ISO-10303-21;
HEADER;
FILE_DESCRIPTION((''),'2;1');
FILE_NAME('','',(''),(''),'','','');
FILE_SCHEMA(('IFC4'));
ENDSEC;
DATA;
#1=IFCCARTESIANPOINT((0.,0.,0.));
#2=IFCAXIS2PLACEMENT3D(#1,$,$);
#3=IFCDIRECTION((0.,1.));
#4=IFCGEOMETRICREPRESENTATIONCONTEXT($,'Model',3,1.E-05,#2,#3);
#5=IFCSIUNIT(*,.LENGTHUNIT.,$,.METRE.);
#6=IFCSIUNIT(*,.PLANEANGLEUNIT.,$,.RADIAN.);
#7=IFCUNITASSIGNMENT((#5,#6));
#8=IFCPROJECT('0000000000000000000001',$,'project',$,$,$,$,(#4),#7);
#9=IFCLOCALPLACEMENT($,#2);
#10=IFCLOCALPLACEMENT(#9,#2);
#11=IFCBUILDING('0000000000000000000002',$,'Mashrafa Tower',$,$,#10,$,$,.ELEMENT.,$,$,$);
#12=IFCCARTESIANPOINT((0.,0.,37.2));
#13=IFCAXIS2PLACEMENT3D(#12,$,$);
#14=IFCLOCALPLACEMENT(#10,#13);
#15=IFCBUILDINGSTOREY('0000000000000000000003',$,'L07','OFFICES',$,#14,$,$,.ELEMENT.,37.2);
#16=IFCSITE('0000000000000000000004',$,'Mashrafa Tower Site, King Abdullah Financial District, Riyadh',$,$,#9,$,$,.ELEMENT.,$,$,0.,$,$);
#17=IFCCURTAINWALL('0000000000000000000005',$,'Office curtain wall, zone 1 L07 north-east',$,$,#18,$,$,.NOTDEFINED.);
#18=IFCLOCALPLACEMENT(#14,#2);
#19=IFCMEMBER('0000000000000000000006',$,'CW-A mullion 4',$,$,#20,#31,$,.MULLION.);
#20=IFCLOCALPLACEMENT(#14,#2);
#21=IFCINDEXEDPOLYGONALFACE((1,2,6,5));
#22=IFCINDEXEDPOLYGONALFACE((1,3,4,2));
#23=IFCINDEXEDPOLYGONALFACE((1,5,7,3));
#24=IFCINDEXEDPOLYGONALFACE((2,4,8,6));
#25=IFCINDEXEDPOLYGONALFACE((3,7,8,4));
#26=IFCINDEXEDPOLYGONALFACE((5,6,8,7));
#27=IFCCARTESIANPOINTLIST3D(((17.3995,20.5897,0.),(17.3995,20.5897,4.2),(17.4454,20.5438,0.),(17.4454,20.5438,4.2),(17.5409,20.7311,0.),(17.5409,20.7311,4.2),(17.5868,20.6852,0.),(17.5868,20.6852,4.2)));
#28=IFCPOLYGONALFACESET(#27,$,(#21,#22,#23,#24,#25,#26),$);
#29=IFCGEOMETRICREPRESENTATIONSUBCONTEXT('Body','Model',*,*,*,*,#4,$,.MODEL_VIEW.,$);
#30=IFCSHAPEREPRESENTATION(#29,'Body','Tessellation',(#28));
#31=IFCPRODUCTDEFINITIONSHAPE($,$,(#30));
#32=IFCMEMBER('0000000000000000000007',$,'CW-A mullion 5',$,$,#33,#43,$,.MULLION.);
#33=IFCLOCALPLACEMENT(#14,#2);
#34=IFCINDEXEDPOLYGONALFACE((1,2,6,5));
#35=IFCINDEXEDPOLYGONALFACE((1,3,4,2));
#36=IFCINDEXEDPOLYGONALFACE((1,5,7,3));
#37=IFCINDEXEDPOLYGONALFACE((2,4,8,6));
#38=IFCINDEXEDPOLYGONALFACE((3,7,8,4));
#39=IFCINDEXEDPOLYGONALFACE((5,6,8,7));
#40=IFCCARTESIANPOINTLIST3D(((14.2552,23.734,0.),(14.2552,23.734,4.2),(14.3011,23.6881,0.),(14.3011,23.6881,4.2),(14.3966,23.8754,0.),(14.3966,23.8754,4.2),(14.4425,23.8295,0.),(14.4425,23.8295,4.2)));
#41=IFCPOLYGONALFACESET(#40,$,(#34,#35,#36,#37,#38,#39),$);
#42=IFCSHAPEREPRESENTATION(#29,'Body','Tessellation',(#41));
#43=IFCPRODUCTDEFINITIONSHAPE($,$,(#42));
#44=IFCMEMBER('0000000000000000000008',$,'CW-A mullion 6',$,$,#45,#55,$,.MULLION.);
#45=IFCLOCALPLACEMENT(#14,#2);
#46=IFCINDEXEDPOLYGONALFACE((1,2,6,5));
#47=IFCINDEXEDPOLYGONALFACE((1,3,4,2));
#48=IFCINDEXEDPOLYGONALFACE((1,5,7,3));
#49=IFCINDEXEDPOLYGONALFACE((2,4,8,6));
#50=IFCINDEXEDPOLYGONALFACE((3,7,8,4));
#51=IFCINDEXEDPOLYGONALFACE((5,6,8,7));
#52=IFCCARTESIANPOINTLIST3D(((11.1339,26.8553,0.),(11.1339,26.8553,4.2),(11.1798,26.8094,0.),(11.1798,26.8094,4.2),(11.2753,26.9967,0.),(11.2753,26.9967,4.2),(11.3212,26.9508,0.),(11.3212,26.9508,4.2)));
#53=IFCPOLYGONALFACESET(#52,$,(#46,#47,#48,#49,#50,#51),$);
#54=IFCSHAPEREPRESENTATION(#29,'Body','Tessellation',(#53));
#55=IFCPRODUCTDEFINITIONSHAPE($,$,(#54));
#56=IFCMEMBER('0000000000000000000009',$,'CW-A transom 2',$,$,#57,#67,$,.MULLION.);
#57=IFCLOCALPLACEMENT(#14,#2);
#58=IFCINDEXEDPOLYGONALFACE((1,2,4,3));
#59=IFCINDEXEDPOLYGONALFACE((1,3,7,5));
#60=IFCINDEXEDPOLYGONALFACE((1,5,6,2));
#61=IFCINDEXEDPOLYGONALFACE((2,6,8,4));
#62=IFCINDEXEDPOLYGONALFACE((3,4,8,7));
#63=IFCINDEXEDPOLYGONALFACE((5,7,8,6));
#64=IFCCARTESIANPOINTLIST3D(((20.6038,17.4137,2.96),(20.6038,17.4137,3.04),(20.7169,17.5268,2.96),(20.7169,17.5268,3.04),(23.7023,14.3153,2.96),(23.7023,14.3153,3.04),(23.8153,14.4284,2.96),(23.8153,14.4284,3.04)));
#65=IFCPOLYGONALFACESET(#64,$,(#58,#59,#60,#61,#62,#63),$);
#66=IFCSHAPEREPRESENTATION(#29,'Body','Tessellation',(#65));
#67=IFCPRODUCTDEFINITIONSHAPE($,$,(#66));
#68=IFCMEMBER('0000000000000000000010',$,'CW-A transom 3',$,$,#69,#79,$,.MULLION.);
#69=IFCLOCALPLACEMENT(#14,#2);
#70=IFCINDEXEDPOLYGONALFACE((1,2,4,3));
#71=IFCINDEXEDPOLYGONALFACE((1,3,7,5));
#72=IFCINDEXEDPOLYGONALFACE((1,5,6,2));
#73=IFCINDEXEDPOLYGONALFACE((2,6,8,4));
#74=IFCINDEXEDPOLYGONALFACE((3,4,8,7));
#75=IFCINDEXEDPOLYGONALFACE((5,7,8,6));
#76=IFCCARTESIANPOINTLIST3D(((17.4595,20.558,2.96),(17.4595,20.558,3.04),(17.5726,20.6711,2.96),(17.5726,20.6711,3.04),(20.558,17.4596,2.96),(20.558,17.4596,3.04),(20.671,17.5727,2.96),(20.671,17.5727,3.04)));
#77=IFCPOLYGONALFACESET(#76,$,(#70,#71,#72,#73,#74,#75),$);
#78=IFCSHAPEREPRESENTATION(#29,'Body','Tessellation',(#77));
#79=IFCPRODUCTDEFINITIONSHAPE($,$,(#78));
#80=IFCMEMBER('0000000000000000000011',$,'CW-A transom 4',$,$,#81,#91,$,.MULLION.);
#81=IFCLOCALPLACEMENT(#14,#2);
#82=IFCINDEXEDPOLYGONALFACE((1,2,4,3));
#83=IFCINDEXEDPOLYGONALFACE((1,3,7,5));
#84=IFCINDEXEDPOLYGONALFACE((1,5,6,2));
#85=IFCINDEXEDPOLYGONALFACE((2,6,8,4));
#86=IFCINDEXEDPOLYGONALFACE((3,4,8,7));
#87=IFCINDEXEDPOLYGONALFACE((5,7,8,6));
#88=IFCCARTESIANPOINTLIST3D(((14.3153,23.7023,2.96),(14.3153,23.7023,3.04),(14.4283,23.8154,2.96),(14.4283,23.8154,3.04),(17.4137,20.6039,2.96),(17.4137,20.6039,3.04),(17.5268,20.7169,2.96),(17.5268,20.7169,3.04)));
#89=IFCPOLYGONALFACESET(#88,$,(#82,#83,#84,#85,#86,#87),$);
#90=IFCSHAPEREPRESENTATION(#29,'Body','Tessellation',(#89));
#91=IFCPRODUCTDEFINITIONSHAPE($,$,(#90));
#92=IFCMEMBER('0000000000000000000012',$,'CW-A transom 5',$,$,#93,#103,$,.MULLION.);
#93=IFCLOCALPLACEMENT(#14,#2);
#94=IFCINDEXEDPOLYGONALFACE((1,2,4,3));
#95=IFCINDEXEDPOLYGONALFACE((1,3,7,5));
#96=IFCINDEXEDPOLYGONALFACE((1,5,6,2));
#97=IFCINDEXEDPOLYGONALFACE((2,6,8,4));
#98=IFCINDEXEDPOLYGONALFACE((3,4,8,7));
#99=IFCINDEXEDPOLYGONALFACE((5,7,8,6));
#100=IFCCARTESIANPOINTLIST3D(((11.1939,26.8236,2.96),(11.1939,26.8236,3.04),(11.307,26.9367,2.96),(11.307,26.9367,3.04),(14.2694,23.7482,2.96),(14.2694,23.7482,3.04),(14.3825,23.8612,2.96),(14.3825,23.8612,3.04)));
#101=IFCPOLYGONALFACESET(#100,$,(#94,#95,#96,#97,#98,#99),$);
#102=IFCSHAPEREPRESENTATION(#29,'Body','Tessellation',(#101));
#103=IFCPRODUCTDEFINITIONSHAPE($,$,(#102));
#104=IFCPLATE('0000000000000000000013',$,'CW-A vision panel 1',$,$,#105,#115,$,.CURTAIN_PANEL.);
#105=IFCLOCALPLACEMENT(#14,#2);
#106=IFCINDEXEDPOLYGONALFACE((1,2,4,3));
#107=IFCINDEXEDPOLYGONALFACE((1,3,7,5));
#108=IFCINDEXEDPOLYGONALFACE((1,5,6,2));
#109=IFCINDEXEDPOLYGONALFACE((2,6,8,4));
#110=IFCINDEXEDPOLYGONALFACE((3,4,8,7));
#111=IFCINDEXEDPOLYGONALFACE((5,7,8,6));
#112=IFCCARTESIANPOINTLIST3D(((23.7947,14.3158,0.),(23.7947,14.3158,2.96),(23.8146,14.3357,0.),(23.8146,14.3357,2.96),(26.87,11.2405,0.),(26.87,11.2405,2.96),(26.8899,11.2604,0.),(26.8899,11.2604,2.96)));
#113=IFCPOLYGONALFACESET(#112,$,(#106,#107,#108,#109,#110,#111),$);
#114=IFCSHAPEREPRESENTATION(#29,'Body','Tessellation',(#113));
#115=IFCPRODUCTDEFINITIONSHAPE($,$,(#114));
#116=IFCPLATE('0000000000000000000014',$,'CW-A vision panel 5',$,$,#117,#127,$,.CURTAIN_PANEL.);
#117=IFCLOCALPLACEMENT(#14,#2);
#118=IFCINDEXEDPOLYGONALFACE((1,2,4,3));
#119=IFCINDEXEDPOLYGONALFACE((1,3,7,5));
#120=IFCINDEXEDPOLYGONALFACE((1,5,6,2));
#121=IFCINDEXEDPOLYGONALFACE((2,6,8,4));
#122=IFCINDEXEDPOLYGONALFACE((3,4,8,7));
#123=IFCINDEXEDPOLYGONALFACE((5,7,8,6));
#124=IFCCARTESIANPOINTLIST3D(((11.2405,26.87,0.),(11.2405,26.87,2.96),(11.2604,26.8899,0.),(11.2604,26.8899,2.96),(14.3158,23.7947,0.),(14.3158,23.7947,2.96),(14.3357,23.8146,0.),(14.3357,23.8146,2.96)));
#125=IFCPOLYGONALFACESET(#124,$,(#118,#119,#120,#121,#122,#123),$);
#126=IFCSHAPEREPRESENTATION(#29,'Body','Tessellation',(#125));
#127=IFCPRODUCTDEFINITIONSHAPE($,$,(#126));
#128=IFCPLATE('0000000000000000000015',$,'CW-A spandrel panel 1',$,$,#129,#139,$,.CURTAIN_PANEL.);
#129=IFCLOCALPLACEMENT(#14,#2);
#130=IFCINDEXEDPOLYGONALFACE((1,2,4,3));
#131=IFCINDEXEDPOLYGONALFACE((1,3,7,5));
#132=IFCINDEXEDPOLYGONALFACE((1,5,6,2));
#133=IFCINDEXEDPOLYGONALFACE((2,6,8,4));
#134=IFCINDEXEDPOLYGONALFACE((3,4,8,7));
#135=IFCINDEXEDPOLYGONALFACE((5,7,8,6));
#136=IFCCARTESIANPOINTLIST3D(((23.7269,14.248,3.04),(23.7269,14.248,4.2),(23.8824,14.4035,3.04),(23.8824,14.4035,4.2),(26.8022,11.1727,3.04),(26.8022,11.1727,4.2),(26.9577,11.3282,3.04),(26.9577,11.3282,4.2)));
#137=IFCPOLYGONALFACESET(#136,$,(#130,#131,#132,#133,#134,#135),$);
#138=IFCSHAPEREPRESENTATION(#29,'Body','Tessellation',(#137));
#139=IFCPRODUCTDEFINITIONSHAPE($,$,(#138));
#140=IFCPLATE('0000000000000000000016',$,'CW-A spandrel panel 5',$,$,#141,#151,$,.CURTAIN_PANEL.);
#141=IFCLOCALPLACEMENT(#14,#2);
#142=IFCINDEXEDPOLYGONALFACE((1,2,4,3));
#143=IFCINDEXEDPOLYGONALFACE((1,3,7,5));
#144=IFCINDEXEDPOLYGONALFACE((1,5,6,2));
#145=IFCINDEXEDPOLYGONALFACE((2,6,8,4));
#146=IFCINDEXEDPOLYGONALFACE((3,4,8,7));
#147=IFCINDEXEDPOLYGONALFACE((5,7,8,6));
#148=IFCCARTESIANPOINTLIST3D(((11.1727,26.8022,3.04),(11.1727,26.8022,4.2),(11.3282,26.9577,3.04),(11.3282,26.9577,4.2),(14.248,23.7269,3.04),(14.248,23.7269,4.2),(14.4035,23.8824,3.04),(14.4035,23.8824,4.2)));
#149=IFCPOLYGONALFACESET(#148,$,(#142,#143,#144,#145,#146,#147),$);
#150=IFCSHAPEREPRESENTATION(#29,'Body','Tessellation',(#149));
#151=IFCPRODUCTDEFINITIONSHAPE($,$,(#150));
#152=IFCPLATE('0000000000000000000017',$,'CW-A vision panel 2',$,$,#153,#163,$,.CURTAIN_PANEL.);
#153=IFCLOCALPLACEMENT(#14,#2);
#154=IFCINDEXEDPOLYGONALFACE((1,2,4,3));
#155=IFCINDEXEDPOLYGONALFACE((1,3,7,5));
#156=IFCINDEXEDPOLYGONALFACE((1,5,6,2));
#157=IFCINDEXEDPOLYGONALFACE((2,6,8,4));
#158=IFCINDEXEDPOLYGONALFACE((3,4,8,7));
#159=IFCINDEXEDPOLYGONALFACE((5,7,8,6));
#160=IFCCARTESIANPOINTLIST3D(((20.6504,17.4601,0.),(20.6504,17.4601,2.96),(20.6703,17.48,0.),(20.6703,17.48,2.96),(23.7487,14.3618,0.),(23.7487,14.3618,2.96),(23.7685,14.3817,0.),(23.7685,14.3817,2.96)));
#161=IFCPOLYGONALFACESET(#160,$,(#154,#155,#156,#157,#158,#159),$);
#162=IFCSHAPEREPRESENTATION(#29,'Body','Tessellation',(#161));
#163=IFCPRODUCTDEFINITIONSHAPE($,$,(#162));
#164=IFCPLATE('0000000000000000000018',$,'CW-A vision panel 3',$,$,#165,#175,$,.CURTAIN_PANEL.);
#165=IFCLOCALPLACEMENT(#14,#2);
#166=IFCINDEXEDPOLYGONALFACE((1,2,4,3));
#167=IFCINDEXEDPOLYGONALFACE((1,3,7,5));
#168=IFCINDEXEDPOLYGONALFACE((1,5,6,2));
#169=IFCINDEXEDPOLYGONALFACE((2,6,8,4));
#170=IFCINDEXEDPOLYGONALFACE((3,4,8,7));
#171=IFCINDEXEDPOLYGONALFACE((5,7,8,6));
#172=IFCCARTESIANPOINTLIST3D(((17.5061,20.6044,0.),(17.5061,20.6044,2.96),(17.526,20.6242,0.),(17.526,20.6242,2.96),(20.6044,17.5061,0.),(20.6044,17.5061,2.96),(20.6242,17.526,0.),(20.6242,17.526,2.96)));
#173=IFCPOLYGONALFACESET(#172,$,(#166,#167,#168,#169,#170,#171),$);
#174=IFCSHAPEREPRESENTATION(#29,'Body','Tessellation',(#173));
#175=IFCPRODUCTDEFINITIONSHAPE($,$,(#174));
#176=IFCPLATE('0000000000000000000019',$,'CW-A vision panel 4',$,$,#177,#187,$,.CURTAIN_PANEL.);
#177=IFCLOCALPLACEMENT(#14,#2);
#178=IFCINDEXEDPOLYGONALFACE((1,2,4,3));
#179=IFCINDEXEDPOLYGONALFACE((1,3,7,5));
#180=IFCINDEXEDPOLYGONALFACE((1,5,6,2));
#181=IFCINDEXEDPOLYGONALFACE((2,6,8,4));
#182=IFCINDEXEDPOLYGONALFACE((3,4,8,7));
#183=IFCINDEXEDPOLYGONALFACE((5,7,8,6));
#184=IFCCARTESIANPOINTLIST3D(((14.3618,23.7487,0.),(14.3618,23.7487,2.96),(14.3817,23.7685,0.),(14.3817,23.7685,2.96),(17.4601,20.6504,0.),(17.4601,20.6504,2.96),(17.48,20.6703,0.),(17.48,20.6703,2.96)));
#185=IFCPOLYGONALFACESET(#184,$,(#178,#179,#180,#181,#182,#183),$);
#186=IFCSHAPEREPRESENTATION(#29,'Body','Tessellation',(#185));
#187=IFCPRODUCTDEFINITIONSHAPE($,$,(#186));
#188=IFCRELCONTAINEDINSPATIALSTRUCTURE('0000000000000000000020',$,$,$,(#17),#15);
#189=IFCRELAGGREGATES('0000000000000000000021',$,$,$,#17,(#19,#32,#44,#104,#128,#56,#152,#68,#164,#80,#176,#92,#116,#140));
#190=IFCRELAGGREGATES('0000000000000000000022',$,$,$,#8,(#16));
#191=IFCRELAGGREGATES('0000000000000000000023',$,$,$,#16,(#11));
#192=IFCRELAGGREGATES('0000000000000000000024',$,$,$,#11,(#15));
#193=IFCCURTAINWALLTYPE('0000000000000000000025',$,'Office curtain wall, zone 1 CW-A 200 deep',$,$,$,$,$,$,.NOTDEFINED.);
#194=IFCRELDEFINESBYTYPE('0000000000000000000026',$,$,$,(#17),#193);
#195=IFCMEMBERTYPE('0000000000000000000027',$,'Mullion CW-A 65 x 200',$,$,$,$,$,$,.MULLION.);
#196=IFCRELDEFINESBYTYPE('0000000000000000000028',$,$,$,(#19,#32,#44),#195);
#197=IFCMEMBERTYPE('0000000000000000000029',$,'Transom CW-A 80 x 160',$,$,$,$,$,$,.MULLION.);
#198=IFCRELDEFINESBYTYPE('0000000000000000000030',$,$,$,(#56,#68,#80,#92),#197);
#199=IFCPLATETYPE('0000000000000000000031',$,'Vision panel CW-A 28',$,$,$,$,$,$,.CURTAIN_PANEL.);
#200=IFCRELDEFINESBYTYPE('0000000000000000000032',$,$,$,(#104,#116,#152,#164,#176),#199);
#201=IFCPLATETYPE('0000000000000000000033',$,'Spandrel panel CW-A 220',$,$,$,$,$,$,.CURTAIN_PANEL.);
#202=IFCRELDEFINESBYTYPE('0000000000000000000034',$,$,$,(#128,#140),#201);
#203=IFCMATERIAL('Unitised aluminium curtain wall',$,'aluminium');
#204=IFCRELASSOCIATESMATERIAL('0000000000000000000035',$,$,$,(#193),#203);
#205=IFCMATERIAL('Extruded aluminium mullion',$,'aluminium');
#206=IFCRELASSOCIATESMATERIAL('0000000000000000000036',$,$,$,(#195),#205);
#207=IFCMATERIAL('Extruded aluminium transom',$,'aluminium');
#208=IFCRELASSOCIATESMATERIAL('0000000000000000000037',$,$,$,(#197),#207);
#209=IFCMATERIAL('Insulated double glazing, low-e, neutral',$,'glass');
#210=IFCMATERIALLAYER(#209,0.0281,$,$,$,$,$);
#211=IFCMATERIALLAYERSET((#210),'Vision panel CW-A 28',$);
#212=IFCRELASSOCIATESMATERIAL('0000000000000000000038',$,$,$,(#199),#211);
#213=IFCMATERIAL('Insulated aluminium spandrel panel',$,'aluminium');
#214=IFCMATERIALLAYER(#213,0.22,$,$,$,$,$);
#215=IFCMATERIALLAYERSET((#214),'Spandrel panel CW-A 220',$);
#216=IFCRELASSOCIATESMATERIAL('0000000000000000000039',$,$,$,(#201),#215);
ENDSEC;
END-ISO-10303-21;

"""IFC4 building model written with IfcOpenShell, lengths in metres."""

from ifc_helpers import new_model, si_unit, direction, frame, origin, origin_2d, place, context, subcontext, project, spatial, rectangle, extrude, source, transform, mapped, material, layer, layer_set, material_profile, profile_set, type_object, type_shapes, element, aggregate, save


model = new_model("IFC4")

# Units and contexts
model_context = context("Model", 3, precision=1e-05, world=origin(), true_north=direction((0.0, 1.0)))
body_context = subcontext(model_context, "Body", "Model", "MODEL_VIEW")
ifc_project = project(units=[si_unit("LENGTHUNIT", "METRE"), si_unit("PLANEANGLEUNIT", "RADIAN")], contexts=[model_context])

# Site, building, storey
site_placement = place(None, origin())
site = spatial("IfcSite", under=ifc_project, at=site_placement, Name="Mashrafa Tower Site, King Abdullah Financial District, Riyadh", CompositionType="ELEMENT", RefElevation=0.0)
building_placement = place(site_placement, origin())
building = spatial("IfcBuilding", under=site, at=building_placement, Name="Mashrafa Tower", CompositionType="ELEMENT")
storey_placement = place(building_placement, frame((0.0, 0.0, 37.2)))
storey = spatial("IfcBuildingStorey", under=building, at=storey_placement, Name="L07", Description="OFFICES", CompositionType="ELEMENT", Elevation=37.2)

# Curtain wall, members, plates
ifc_material_1 = material(Name="Unitised aluminium curtain wall", Category="aluminium")
curtain_wall_type = type_object("IfcCurtainWallType", Name="Office curtain wall, zone 1 CW-A 200 deep", PredefinedType="NOTDEFINED", material=ifc_material_1)
curtain_wall_placement = place(storey_placement, origin())
curtain_wall = element("IfcCurtainWall", 1, at=curtain_wall_placement, inside=storey, type_object=curtain_wall_type, Name="Office curtain wall, zone 1 L07 north-east", PredefinedType="NOTDEFINED")
ifc_material_2 = material(Name="Extruded aluminium mullion", Category="aluminium")
ifc_material_profile_1 = material_profile(ifc_material_2, rectangle(XDim=0.2, YDim=0.0649, at=origin_2d()), Name="Mullion 65x200")
ifc_profile_set_1 = profile_set([ifc_material_profile_1], Name="Extruded aluminium mullion")
member_type_1 = type_object("IfcMemberType", Name="Mullion CW-A 65 x 200", PredefinedType="MULLION", material=ifc_profile_set_1)
shared_shape_1 = source(origin(), body_context, "Body", "SweptSolid", [
    extrude(rectangle(XDim=0.2, YDim=0.0649, at=origin_2d()), origin(), (0.0, 0.0, 1.0), 4.2),
])
type_shapes(member_type_1, [shared_shape_1])
member_1_placement = place(storey_placement, frame((17.4932, 20.6375, 0.0), z_axis=(0.0, 0.0, 1.0), x_axis=(-0.707107, -0.707107, 0.0)))
member_1 = element("IfcMember", 2, at=member_1_placement, type_object=member_type_1, Name="CW-A mullion 4", PredefinedType="MULLION", context=body_context, shape_type="MappedRepresentation", body=[
    mapped(shared_shape_1, transform((0.0, 0.0, 0.0))),
])
member_2_placement = place(storey_placement, frame((14.3489, 23.7817, 0.0), z_axis=(0.0, 0.0, 1.0), x_axis=(-0.707107, -0.707107, 0.0)))
member_2 = element("IfcMember", 3, at=member_2_placement, type_object=member_type_1, Name="CW-A mullion 5", PredefinedType="MULLION", context=body_context, shape_type="MappedRepresentation", body=[
    mapped(shared_shape_1, transform((0.0, 0.0, 0.0))),
])
member_3_placement = place(storey_placement, frame((11.2275, 26.9031, 0.0), z_axis=(0.0, 0.0, 1.0), x_axis=(-0.707107, -0.707107, 0.0)))
member_3 = element("IfcMember", 4, at=member_3_placement, type_object=member_type_1, Name="CW-A mullion 6", PredefinedType="MULLION", context=body_context, shape_type="MappedRepresentation", body=[
    mapped(shared_shape_1, transform((0.0, 0.0, 0.0))),
])
ifc_material_3 = material(Name="Extruded aluminium transom", Category="aluminium")
ifc_material_profile_2 = material_profile(ifc_material_3, rectangle(XDim=0.1599, YDim=0.0801, at=origin_2d()), Name="Transom 80x160")
ifc_profile_set_2 = profile_set([ifc_material_profile_2], Name="Extruded aluminium transom")
member_type_2 = type_object("IfcMemberType", Name="Transom CW-A 80 x 160", PredefinedType="MULLION", material=ifc_profile_set_2)
shared_shape_2 = source(origin(), body_context, "Body", "SweptSolid", [
    extrude(rectangle(XDim=0.1599, YDim=0.0801, at=origin_2d()), origin(), (0.0, 0.0, 1.0), 4.3818),
])
member_4_placement = place(storey_placement, frame((23.7588, 14.3718, 3.0), z_axis=(-0.707107, 0.707107, 0.0), x_axis=(-0.707107, -0.707107, 0.0)))
member_4 = element("IfcMember", 5, at=member_4_placement, type_object=member_type_2, Name="CW-A transom 2", PredefinedType="MULLION", context=body_context, shape_type="MappedRepresentation", body=[
    mapped(shared_shape_2, transform((0.0, 0.0, 0.0))),
])
member_5_placement = place(storey_placement, frame((20.6145, 17.5161, 3.0), z_axis=(-0.707107, 0.707107, 0.0), x_axis=(-0.707107, -0.707107, 0.0)))
member_5 = element("IfcMember", 6, at=member_5_placement, type_object=member_type_2, Name="CW-A transom 3", PredefinedType="MULLION", context=body_context, shape_type="MappedRepresentation", body=[
    mapped(shared_shape_2, transform((0.0, 0.0, 0.0))),
])
member_6_placement = place(storey_placement, frame((17.4702, 20.6604, 3.0), z_axis=(-0.707107, 0.707107, 0.0), x_axis=(-0.707107, -0.707107, 0.0)))
member_6 = element("IfcMember", 7, at=member_6_placement, type_object=member_type_2, Name="CW-A transom 4", PredefinedType="MULLION", context=body_context, shape_type="MappedRepresentation", body=[
    mapped(shared_shape_2, transform((0.0, 0.0, 0.0))),
])
shared_shape_3 = source(origin(), body_context, "Body", "SweptSolid", [
    extrude(rectangle(XDim=0.1599, YDim=0.0801, at=origin_2d()), origin(), (0.0, 0.0, 1.0), 4.3494),
])
type_shapes(member_type_2, [shared_shape_2, shared_shape_3])
member_7_placement = place(storey_placement, frame((14.3259, 23.8047, 3.0), z_axis=(-0.707107, 0.707107, 0.0), x_axis=(-0.707107, -0.707107, 0.0)))
member_7 = element("IfcMember", 8, at=member_7_placement, type_object=member_type_2, Name="CW-A transom 5", PredefinedType="MULLION", context=body_context, shape_type="MappedRepresentation", body=[
    mapped(shared_shape_3, transform((0.0, 0.0, 0.0))),
])
ifc_material_4 = material(Name="Insulated double glazing, low-e, neutral", Category="glass")
ifc_layer_1 = layer(ifc_material_4, 0.0281)
ifc_layer_set_1 = layer_set([ifc_layer_1], Name="Vision panel CW-A 28")
plate_type_1 = type_object("IfcPlateType", Name="Vision panel CW-A 28", PredefinedType="CURTAIN_PANEL", material=ifc_layer_set_1)
shared_shape_4 = source(origin(), body_context, "Body", "SweptSolid", [
    extrude(rectangle(XDim=4.3491, YDim=0.0281, at=origin_2d()), origin(), (0.0, 0.0, 1.0), 2.96),
])
plate_1_placement = place(storey_placement, frame((25.3423, 12.7881, 0.0), z_axis=(0.0, 0.0, 1.0), x_axis=(-0.707107, 0.707107, 0.0)))
plate_1 = element("IfcPlate", 9, at=plate_1_placement, type_object=plate_type_1, Name="CW-A vision panel 1", PredefinedType="CURTAIN_PANEL", context=body_context, shape_type="MappedRepresentation", body=[
    mapped(shared_shape_4, transform((0.0, 0.0, 0.0))),
])
plate_2_placement = place(storey_placement, frame((12.7881, 25.3423, 0.0), z_axis=(0.0, 0.0, 1.0), x_axis=(-0.707107, 0.707107, 0.0)))
plate_2 = element("IfcPlate", 10, at=plate_2_placement, type_object=plate_type_1, Name="CW-A vision panel 5", PredefinedType="CURTAIN_PANEL", context=body_context, shape_type="MappedRepresentation", body=[
    mapped(shared_shape_4, transform((0.0, 0.0, 0.0))),
])
ifc_material_5 = material(Name="Insulated aluminium spandrel panel", Category="aluminium")
ifc_layer_2 = layer(ifc_material_5, 0.22)
ifc_layer_set_2 = layer_set([ifc_layer_2], Name="Spandrel panel CW-A 220")
plate_type_2 = type_object("IfcPlateType", Name="Spandrel panel CW-A 220", PredefinedType="CURTAIN_PANEL", material=ifc_layer_set_2)
shared_shape_5 = source(origin(), body_context, "Body", "SweptSolid", [
    extrude(rectangle(XDim=4.3491, YDim=0.22, at=origin_2d()), origin(), (0.0, 0.0, 1.0), 1.1599),
])
plate_3_placement = place(storey_placement, frame((25.3423, 12.7881, 3.04), z_axis=(0.0, 0.0, 1.0), x_axis=(-0.707107, 0.707107, 0.0)))
plate_3 = element("IfcPlate", 11, at=plate_3_placement, type_object=plate_type_2, Name="CW-A spandrel panel 1", PredefinedType="CURTAIN_PANEL", context=body_context, shape_type="MappedRepresentation", body=[
    mapped(shared_shape_5, transform((0.0, 0.0, 0.0))),
])
plate_4_placement = place(storey_placement, frame((12.7881, 25.3423, 3.04), z_axis=(0.0, 0.0, 1.0), x_axis=(-0.707107, 0.707107, 0.0)))
plate_4 = element("IfcPlate", 12, at=plate_4_placement, type_object=plate_type_2, Name="CW-A spandrel panel 5", PredefinedType="CURTAIN_PANEL", context=body_context, shape_type="MappedRepresentation", body=[
    mapped(shared_shape_5, transform((0.0, 0.0, 0.0))),
])
shared_shape_6 = source(origin(), body_context, "Body", "SweptSolid", [
    extrude(rectangle(XDim=4.3816, YDim=0.0281, at=origin_2d()), origin(), (0.0, 0.0, 1.0), 2.96),
])
type_shapes(plate_type_1, [shared_shape_4, shared_shape_6])
plate_5_placement = place(storey_placement, frame((22.2095, 15.9209, 0.0), z_axis=(0.0, 0.0, 1.0), x_axis=(-0.707107, 0.707107, 0.0)))
plate_5 = element("IfcPlate", 13, at=plate_5_placement, type_object=plate_type_1, Name="CW-A vision panel 2", PredefinedType="CURTAIN_PANEL", context=body_context, shape_type="MappedRepresentation", body=[
    mapped(shared_shape_6, transform((0.0, 0.0, 0.0))),
])
plate_6_placement = place(storey_placement, frame((19.0652, 19.0652, 0.0), z_axis=(0.0, 0.0, 1.0), x_axis=(-0.707107, 0.707107, 0.0)))
plate_6 = element("IfcPlate", 14, at=plate_6_placement, type_object=plate_type_1, Name="CW-A vision panel 3", PredefinedType="CURTAIN_PANEL", context=body_context, shape_type="MappedRepresentation", body=[
    mapped(shared_shape_6, transform((0.0, 0.0, 0.0))),
])
plate_7_placement = place(storey_placement, frame((15.9209, 22.2095, 0.0), z_axis=(0.0, 0.0, 1.0), x_axis=(-0.707107, 0.707107, 0.0)))
plate_7 = element("IfcPlate", 15, at=plate_7_placement, type_object=plate_type_1, Name="CW-A vision panel 4", PredefinedType="CURTAIN_PANEL", context=body_context, shape_type="MappedRepresentation", body=[
    mapped(shared_shape_6, transform((0.0, 0.0, 0.0))),
])
aggregate(curtain_wall, [member_1, member_2, member_3, plate_1, plate_3, member_4, plate_5, member_5, plate_6, member_6, plate_7, member_7, plate_2, plate_4])

save(model, "model.ifc")
